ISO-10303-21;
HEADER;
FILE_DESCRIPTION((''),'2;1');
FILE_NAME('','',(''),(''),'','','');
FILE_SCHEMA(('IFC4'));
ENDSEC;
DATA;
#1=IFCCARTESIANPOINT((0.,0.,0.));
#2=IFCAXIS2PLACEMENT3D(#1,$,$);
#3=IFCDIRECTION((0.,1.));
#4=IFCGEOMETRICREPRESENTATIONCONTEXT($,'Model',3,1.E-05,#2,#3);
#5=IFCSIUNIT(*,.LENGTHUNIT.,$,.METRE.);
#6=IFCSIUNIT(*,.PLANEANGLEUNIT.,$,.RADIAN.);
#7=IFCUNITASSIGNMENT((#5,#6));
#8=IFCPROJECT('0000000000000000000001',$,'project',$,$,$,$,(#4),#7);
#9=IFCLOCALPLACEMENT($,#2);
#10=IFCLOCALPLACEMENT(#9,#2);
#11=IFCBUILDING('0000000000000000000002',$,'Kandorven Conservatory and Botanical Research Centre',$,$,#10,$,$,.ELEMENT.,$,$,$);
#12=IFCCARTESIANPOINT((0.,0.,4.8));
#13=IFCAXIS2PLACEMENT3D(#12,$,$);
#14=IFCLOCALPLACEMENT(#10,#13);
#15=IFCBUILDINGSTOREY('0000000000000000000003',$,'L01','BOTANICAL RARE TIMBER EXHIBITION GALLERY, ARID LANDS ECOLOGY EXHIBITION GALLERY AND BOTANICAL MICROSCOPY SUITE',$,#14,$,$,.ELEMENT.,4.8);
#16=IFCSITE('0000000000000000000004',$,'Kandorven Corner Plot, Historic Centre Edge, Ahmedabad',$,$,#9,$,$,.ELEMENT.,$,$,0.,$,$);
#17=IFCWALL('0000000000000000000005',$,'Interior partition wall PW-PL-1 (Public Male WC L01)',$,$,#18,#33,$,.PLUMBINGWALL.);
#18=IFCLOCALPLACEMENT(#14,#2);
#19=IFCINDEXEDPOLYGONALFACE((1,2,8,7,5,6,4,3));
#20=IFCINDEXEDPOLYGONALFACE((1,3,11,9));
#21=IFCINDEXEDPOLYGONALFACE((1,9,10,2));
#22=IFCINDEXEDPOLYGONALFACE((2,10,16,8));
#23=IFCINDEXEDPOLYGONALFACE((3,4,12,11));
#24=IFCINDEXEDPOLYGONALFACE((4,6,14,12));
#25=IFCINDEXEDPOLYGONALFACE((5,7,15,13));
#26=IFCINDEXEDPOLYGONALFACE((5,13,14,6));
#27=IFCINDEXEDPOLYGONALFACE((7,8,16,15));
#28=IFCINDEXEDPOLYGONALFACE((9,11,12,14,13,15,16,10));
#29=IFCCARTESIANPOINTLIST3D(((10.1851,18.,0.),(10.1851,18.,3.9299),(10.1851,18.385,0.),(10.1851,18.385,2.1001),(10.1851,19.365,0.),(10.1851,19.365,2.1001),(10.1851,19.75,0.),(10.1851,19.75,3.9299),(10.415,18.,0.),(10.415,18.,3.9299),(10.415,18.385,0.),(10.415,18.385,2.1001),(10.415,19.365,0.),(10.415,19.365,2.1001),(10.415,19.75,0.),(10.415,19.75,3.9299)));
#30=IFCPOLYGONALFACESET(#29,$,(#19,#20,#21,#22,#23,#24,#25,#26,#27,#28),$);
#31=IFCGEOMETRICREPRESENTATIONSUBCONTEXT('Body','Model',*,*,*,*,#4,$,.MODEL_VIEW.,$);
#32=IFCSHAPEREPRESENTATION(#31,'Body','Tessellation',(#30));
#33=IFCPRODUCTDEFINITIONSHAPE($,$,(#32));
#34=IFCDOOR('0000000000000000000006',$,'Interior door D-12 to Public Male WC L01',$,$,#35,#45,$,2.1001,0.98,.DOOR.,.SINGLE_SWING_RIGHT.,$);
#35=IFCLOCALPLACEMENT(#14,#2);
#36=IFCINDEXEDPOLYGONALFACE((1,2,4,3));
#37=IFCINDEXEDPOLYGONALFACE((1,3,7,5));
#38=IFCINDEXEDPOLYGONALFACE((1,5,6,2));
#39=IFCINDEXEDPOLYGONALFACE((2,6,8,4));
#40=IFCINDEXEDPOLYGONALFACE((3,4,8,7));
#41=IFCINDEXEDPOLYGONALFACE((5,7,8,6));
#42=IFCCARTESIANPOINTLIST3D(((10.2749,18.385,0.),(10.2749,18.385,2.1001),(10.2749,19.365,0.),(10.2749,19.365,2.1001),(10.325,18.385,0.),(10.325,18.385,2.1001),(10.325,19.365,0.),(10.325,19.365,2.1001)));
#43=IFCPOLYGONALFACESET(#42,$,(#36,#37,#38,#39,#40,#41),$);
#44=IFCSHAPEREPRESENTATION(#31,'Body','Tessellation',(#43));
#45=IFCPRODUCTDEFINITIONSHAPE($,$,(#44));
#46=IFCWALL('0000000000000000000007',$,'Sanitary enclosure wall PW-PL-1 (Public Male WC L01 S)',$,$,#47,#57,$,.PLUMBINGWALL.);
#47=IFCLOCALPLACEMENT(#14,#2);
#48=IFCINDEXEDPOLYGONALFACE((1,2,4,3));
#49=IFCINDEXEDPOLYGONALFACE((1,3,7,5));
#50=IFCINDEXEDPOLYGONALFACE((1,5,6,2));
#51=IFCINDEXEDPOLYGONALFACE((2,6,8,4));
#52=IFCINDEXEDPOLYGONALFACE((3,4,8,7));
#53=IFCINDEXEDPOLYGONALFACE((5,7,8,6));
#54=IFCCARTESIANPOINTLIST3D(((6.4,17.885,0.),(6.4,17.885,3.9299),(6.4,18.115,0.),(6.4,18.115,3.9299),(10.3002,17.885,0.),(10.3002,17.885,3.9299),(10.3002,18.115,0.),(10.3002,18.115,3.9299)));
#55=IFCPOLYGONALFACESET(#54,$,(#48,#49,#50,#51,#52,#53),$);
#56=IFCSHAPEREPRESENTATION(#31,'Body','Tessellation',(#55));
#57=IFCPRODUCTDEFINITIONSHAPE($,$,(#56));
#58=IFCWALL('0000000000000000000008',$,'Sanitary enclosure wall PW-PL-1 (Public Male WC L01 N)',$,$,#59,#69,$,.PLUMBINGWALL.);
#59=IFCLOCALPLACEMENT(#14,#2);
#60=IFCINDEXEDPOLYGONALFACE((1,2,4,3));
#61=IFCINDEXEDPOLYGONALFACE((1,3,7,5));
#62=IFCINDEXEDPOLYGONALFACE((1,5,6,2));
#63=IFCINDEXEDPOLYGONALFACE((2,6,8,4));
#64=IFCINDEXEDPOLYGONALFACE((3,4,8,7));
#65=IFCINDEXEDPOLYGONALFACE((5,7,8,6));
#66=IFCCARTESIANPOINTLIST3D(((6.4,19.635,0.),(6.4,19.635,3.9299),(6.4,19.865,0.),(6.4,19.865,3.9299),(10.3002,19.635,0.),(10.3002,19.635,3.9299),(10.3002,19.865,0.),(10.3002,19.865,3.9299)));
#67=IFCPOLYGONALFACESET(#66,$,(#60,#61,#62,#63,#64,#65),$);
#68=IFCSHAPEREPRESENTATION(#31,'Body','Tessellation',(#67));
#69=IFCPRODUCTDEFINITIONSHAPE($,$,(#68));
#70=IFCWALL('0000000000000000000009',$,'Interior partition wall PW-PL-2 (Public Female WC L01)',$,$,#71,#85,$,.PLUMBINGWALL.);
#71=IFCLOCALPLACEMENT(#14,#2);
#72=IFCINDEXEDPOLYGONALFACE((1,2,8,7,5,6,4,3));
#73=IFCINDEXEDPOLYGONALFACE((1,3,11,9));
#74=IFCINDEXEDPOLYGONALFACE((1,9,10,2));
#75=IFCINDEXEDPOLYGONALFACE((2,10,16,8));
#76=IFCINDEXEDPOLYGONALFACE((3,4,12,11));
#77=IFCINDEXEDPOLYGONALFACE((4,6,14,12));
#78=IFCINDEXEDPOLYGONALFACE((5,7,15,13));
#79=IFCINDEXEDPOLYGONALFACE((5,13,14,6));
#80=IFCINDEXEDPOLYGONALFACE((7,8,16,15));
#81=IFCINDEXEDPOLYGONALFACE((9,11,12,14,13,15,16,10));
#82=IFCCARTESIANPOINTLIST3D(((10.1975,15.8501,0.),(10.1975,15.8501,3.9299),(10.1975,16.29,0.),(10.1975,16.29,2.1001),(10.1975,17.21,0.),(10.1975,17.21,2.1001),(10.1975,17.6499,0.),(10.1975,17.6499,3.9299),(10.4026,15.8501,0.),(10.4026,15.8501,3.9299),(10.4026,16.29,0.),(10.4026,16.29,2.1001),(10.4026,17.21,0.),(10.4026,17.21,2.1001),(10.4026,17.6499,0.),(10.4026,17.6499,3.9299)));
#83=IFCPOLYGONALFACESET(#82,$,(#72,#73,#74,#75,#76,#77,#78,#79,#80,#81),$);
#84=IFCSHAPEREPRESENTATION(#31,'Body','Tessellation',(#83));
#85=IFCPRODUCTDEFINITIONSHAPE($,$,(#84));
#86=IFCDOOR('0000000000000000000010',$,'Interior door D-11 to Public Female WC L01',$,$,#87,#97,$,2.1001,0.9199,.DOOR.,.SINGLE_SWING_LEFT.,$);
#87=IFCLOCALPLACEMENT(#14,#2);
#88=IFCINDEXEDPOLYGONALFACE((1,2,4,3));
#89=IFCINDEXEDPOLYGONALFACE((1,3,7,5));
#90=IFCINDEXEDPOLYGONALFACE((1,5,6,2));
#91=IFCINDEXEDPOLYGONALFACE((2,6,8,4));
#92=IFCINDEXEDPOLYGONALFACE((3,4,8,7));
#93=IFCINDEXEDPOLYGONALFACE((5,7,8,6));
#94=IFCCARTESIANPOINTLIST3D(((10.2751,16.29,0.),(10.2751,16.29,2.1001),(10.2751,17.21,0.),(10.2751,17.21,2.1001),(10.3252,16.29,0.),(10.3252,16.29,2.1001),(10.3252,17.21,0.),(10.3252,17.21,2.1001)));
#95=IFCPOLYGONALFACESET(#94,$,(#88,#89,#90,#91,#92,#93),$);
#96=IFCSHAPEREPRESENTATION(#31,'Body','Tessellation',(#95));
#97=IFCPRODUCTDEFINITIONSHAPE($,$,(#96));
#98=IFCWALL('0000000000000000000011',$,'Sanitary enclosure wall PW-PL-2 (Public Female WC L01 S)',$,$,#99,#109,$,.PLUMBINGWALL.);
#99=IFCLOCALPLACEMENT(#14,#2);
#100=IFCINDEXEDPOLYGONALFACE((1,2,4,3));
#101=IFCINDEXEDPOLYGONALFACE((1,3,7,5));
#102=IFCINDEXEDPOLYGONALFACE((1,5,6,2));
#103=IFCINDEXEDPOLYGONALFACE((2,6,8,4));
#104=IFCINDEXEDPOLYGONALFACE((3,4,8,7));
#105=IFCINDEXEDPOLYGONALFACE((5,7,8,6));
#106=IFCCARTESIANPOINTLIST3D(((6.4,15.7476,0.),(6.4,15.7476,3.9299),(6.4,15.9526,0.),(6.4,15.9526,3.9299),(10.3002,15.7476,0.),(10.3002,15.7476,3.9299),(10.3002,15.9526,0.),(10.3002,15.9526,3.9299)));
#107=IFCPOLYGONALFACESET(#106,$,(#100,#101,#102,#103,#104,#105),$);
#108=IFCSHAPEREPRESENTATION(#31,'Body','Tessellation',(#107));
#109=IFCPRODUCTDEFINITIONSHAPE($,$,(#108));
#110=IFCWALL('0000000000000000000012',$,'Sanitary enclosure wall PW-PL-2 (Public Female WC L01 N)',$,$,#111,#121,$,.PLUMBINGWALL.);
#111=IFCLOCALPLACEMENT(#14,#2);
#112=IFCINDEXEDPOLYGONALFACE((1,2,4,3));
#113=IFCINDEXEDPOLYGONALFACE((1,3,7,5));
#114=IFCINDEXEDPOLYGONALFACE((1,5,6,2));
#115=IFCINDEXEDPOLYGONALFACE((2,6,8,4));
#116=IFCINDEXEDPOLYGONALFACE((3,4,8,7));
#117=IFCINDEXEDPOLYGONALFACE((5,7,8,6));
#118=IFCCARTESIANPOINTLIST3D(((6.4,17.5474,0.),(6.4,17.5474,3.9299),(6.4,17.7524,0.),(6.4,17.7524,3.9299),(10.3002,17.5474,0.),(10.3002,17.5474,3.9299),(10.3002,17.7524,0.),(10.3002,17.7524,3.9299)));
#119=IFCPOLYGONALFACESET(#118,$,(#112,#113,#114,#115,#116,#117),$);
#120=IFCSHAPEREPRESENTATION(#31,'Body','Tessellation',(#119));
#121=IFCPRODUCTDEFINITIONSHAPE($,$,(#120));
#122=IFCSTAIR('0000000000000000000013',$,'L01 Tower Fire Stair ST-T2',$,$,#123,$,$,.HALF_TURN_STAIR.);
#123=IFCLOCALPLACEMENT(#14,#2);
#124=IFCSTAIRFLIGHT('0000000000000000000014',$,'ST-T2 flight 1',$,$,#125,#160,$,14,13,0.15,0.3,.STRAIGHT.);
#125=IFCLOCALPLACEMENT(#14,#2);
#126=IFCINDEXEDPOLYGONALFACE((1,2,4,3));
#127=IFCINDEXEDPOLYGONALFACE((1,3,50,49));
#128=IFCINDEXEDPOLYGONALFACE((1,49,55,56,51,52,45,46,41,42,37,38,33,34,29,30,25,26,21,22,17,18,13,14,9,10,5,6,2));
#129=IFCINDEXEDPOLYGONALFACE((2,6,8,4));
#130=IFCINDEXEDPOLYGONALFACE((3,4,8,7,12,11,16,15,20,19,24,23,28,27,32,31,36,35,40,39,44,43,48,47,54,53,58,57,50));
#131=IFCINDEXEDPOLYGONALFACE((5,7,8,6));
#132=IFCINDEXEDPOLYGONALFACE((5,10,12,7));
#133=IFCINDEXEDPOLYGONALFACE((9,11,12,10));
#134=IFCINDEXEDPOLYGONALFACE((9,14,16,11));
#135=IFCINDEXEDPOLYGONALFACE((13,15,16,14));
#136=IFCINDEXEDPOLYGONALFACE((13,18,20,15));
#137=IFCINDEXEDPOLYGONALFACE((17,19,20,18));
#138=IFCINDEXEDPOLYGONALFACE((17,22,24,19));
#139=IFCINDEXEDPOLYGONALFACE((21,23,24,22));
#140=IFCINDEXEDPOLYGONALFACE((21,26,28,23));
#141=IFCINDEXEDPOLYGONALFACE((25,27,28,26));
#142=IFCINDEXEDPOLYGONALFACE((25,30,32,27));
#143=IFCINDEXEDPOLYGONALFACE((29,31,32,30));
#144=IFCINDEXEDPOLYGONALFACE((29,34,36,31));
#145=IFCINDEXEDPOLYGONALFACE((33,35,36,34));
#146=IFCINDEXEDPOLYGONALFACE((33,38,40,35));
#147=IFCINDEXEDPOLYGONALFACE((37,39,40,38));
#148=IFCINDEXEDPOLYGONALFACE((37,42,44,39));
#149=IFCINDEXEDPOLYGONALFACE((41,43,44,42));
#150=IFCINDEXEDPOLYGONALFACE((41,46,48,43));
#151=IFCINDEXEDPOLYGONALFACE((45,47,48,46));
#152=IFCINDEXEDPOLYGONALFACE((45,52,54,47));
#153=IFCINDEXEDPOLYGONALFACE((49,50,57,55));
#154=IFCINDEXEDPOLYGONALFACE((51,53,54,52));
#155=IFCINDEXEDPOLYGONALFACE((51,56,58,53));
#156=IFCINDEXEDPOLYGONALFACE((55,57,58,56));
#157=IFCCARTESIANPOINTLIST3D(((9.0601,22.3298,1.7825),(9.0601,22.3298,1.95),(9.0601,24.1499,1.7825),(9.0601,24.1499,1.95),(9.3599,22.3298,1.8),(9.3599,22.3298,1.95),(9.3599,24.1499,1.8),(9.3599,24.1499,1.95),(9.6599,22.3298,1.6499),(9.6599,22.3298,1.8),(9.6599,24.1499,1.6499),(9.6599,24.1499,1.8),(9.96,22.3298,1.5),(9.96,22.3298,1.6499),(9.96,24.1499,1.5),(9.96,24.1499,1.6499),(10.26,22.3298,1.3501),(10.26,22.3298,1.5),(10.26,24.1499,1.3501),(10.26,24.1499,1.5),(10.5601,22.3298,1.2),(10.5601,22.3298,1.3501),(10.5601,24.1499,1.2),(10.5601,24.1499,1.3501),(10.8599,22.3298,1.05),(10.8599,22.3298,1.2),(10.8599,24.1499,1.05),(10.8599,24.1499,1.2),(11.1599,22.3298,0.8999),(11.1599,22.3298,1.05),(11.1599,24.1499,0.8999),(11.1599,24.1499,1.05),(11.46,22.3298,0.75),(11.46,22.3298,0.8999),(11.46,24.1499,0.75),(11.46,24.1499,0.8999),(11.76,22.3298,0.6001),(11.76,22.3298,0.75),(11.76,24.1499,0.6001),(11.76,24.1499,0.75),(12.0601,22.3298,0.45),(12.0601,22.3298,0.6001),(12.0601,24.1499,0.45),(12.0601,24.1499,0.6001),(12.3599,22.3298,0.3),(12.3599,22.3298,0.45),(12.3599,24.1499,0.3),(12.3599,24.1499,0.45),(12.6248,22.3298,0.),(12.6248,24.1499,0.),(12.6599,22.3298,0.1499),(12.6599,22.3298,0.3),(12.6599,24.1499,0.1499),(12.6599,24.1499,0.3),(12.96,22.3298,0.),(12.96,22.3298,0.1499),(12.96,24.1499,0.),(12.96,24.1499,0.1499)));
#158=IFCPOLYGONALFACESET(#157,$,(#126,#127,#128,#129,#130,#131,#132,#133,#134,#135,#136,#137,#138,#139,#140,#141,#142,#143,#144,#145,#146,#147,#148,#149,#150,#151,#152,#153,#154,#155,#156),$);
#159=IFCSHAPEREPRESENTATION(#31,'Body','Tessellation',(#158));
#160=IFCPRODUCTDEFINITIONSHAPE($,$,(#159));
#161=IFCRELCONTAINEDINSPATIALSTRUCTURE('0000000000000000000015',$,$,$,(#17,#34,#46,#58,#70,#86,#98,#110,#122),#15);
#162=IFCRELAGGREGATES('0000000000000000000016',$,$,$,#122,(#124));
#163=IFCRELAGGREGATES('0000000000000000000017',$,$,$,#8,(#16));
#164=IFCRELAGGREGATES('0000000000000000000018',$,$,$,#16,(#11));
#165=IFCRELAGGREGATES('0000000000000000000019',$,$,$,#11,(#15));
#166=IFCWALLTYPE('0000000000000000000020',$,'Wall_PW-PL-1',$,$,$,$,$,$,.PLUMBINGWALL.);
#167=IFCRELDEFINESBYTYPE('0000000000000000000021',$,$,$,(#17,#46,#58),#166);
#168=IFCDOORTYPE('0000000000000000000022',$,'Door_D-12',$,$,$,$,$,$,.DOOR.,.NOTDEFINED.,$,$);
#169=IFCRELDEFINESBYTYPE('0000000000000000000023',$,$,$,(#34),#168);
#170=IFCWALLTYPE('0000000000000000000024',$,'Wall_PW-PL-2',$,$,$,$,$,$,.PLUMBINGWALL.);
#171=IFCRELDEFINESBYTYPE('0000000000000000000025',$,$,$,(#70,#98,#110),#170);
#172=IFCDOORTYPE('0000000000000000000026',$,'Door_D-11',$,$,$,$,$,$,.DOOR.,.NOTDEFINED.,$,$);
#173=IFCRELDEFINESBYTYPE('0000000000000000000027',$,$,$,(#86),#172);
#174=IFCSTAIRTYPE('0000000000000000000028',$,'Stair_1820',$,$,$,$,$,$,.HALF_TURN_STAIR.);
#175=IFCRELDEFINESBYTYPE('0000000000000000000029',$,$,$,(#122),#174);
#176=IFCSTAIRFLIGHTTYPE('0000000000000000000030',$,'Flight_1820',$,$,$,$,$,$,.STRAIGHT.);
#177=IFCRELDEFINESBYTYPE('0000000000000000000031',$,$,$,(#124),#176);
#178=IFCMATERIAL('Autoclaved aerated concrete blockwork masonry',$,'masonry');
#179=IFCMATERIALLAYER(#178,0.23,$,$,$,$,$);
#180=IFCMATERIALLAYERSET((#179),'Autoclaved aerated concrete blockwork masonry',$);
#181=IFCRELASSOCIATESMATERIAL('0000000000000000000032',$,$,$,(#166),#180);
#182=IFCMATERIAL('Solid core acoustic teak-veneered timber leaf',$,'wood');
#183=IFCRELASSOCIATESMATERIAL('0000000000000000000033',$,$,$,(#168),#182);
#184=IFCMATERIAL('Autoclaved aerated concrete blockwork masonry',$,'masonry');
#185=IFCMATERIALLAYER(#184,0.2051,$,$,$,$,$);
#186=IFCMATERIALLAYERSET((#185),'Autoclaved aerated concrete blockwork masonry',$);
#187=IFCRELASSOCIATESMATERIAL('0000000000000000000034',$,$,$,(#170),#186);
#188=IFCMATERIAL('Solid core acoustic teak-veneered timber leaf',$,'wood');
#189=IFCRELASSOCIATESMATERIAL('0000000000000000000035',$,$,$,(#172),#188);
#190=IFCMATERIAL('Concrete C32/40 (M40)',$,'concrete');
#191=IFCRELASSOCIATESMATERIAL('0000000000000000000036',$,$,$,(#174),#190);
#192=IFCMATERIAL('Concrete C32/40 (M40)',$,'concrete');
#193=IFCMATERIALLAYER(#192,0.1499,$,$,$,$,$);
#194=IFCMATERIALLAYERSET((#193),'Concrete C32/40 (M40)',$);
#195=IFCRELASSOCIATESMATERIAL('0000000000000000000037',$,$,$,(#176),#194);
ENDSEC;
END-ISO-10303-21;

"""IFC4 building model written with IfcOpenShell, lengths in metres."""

from ifc_helpers import new_model, si_unit, direction, frame, frame_2d, origin, place, context, subcontext, project, spatial, polyline, rectangle, outline, extrude, material, layer, layer_set, type_object, element, fill, aggregate, save


model = new_model("IFC4")

# Units and contexts
model_context = context("Model", 3, precision=1e-05, world=origin(), true_north=direction((0.0, 1.0)))
body_context = subcontext(model_context, "Body", "Model", "MODEL_VIEW")
ifc_project = project(units=[si_unit("LENGTHUNIT", "METRE"), si_unit("PLANEANGLEUNIT", "RADIAN")], contexts=[model_context])

# Site, building, storey
site_placement = place(None, origin())
site = spatial("IfcSite", under=ifc_project, at=site_placement, Name="Kandorven Corner Plot, Historic Centre Edge, Ahmedabad", CompositionType="ELEMENT", RefElevation=0.0)
building_placement = place(site_placement, origin())
building = spatial("IfcBuilding", under=site, at=building_placement, Name="Kandorven Conservatory and Botanical Research Centre", CompositionType="ELEMENT")
storey_placement = place(building_placement, frame((0.0, 0.0, 4.8)))
storey = spatial("IfcBuildingStorey", under=building, at=storey_placement, Name="L01", Description="BOTANICAL RARE TIMBER EXHIBITION GALLERY, ARID LANDS ECOLOGY EXHIBITION GALLERY AND BOTANICAL MICROSCOPY SUITE", CompositionType="ELEMENT", Elevation=4.8)

# Wall, opening, door
ifc_material_1 = material(Name="Autoclaved aerated concrete blockwork masonry", Category="masonry")
ifc_layer_1 = layer(ifc_material_1, 0.23)
ifc_layer_set_1 = layer_set([ifc_layer_1], Name="Autoclaved aerated concrete blockwork masonry")
wall_type_1 = type_object("IfcWallType", Name="Wall_PW-PL-1", PredefinedType="PLUMBINGWALL", material=ifc_layer_set_1)
wall_1_placement = place(storey_placement, frame((10.3, 18.0, 0.0), z_axis=(0.0, 0.0, 1.0), x_axis=(0.0, 1.0, 0.0)))
wall_1 = element("IfcWall", 1, at=wall_1_placement, inside=storey, type_object=wall_type_1, Name="Interior partition wall PW-PL-1 (Public Male WC L01)", PredefinedType="PLUMBINGWALL", context=body_context, shape_type="SweptSolid", body=[
    extrude(rectangle(XDim=1.75, YDim=0.23, at=frame_2d((0.875, 0.0))), origin(), (0.0, 0.0, 1.0), 3.9299),
])
opening_1_placement = place(wall_1_placement, frame((0.385, 0.0, 0.0)))
opening_1 = element("IfcOpeningElement", 2, at=opening_1_placement, cuts=wall_1, PredefinedType="OPENING", context=body_context, shape_type="SweptSolid", body=[
    extrude(rectangle(XDim=0.98, YDim=2.1001, at=frame_2d((0.49, 1.05))), frame((0.0, 0.125, 0.0), z_axis=(0.0, -1.0, 0.0), x_axis=(1.0, 0.0, 0.0)), (0.0, 0.0, 1.0), 0.25),
])
ifc_material_2 = material(Name="Solid core acoustic teak-veneered timber leaf", Category="wood")
door_type_1 = type_object("IfcDoorType", Name="Door_D-12", OperationType="NOTDEFINED", PredefinedType="DOOR", material=ifc_material_2)
door_1_placement = place(opening_1_placement, frame((0.98, 0.0, 0.0), z_axis=(0.0, 0.0, 1.0), x_axis=(-1.0, 0.0, 0.0)))
door_1 = element("IfcDoor", 3, at=door_1_placement, inside=storey, type_object=door_type_1, Name="Interior door D-12 to Public Male WC L01", OperationType="SINGLE_SWING_RIGHT", OverallHeight=2.1001, OverallWidth=0.98, PredefinedType="DOOR", context=body_context, shape_type="SweptSolid", body=[
    extrude(rectangle(XDim=0.98, YDim=2.1001, at=frame_2d((0.49, 1.05))), frame((0.0, 0.0249, 0.0), z_axis=(0.0, -1.0, 0.0), x_axis=(1.0, 0.0, 0.0)), (0.0, 0.0, 1.0), 0.05),
])
fill(opening_1, door_1)

# Walls
for number, where, z_axis, x_axis, name in (
    (4, (6.3999, 18.0, 0.0), (0.0, 0.0, 1.0), (1.0, 0.0, 0.0), "Sanitary enclosure wall PW-PL-1 (Public Male WC L01 S)"),
    (5, (6.3999, 19.75, 0.0), (0.0, 0.0, 1.0), (1.0, 0.0, 0.0), "Sanitary enclosure wall PW-PL-1 (Public Male WC L01 N)"),
):
    element("IfcWall", number, at=place(storey_placement, frame(where, z_axis=z_axis, x_axis=x_axis)), inside=storey, type_object=wall_type_1, Name=name, PredefinedType="PLUMBINGWALL", context=body_context, shape_type="SweptSolid", body=[
        extrude(rectangle(XDim=3.9001, YDim=0.23, at=frame_2d((1.9502, 0.0))), origin(), (0.0, 0.0, 1.0), 3.9299),
    ])

# Wall, opening, door
ifc_material_3 = material(Name="Autoclaved aerated concrete blockwork masonry", Category="masonry")
ifc_layer_2 = layer(ifc_material_3, 0.2051)
ifc_layer_set_2 = layer_set([ifc_layer_2], Name="Autoclaved aerated concrete blockwork masonry")
wall_type_2 = type_object("IfcWallType", Name="Wall_PW-PL-2", PredefinedType="PLUMBINGWALL", material=ifc_layer_set_2)
wall_2_placement = place(storey_placement, frame((10.3, 15.8501, 0.0), z_axis=(0.0, 0.0, 1.0), x_axis=(0.0, 1.0, 0.0)))
wall_2 = element("IfcWall", 6, at=wall_2_placement, inside=storey, type_object=wall_type_2, Name="Interior partition wall PW-PL-2 (Public Female WC L01)", PredefinedType="PLUMBINGWALL", context=body_context, shape_type="SweptSolid", body=[
    extrude(rectangle(XDim=1.7998, YDim=0.2051, at=frame_2d((0.8999, 0.0))), origin(), (0.0, 0.0, 1.0), 3.9299),
])
opening_2_placement = place(wall_2_placement, frame((0.4399, 0.0, 0.0)))
opening_2 = element("IfcOpeningElement", 7, at=opening_2_placement, cuts=wall_2, PredefinedType="OPENING", context=body_context, shape_type="SweptSolid", body=[
    extrude(rectangle(XDim=0.9199, YDim=2.1001, at=frame_2d((0.46, 1.05))), frame((0.0, 0.1125, 0.0), z_axis=(0.0, -1.0, 0.0), x_axis=(1.0, 0.0, 0.0)), (0.0, 0.0, 1.0), 0.2251),
])
ifc_material_4 = material(Name="Solid core acoustic teak-veneered timber leaf", Category="wood")
door_type_2 = type_object("IfcDoorType", Name="Door_D-11", OperationType="NOTDEFINED", PredefinedType="DOOR", material=ifc_material_4)
door_2_placement = place(opening_2_placement, origin())
door_2 = element("IfcDoor", 8, at=door_2_placement, inside=storey, type_object=door_type_2, Name="Interior door D-11 to Public Female WC L01", OperationType="SINGLE_SWING_LEFT", OverallHeight=2.1001, OverallWidth=0.9199, PredefinedType="DOOR", context=body_context, shape_type="SweptSolid", body=[
    extrude(rectangle(XDim=0.9199, YDim=2.1001, at=frame_2d((0.46, 1.05))), frame((0.0, 0.0249, 0.0), z_axis=(0.0, -1.0, 0.0), x_axis=(1.0, 0.0, 0.0)), (0.0, 0.0, 1.0), 0.05),
])
fill(opening_2, door_2)

# Walls
for number, where, z_axis, x_axis, name in (
    (9, (6.3999, 15.8501, 0.0), (0.0, 0.0, 1.0), (1.0, 0.0, 0.0), "Sanitary enclosure wall PW-PL-2 (Public Female WC L01 S)"),
    (10, (6.3999, 17.6499, 0.0), (0.0, 0.0, 1.0), (1.0, 0.0, 0.0), "Sanitary enclosure wall PW-PL-2 (Public Female WC L01 N)"),
):
    element("IfcWall", number, at=place(storey_placement, frame(where, z_axis=z_axis, x_axis=x_axis)), inside=storey, type_object=wall_type_2, Name=name, PredefinedType="PLUMBINGWALL", context=body_context, shape_type="SweptSolid", body=[
        extrude(rectangle(XDim=3.9001, YDim=0.2051, at=frame_2d((1.9502, 0.0))), origin(), (0.0, 0.0, 1.0), 3.9299),
    ])

# Stair, stair flight
ifc_material_5 = material(Name="Concrete C32/40 (M40)", Category="concrete")
stair_type = type_object("IfcStairType", Name="Stair_1820", PredefinedType="HALF_TURN_STAIR", material=ifc_material_5)
stair_placement = place(storey_placement, origin())
stair = element("IfcStair", 11, at=stair_placement, inside=storey, type_object=stair_type, Name="L01 Tower Fire Stair ST-T2", PredefinedType="HALF_TURN_STAIR")
ifc_material_6 = material(Name="Concrete C32/40 (M40)", Category="concrete")
ifc_layer_3 = layer(ifc_material_6, 0.1499)
ifc_layer_set_3 = layer_set([ifc_layer_3], Name="Concrete C32/40 (M40)")
stair_flight_type = type_object("IfcStairFlightType", Name="Flight_1820", PredefinedType="STRAIGHT", material=ifc_layer_set_3)
stair_flight_1_placement = place(storey_placement, frame((12.96, 23.24, 0.0), z_axis=(0.0, 0.0, 1.0), x_axis=(-1.0, 0.0, 0.0)))
stair_flight_1 = element("IfcStairFlight", 12, at=stair_flight_1_placement, type_object=stair_flight_type, Name="ST-T2 flight 1", NumberOfRisers=14, NumberOfTreads=13, PredefinedType="STRAIGHT", RiserHeight=0.15, TreadLength=0.3, context=body_context, shape_type="SweptSolid", body=[
    extrude(outline(polyline([(0.0, 0.0), (0.0, 0.1499), (0.3, 0.1499), (0.3, 0.3), (0.6001, 0.3), (0.6001, 0.45), (0.8999, 0.45), (0.8999, 0.6001), (1.2, 0.6001), (1.2, 0.75), (1.5, 0.75), (1.5, 0.8999), (1.8, 0.8999), (1.8, 1.05), (2.1001, 1.05), (2.1001, 1.2), (2.3999, 1.2), (2.3999, 1.3501), (2.7, 1.3501), (2.7, 1.5), (3.0, 1.5), (3.0, 1.6499), (3.3, 1.6499), (3.3, 1.8), (3.6001, 1.8), (3.6001, 1.95), (3.8999, 1.95), (3.8999, 2.1001), (3.8999, 1.7825), (0.3352, 0.0), (0.0, 0.0)])), frame((0.0, 0.9102, 0.0), z_axis=(0.0, -1.0, 0.0), x_axis=(1.0, 0.0, 0.0)), (0.0, 0.0, 1.0), 1.8201),
])
aggregate(stair, [stair_flight_1])

save(model, "model.ifc")
